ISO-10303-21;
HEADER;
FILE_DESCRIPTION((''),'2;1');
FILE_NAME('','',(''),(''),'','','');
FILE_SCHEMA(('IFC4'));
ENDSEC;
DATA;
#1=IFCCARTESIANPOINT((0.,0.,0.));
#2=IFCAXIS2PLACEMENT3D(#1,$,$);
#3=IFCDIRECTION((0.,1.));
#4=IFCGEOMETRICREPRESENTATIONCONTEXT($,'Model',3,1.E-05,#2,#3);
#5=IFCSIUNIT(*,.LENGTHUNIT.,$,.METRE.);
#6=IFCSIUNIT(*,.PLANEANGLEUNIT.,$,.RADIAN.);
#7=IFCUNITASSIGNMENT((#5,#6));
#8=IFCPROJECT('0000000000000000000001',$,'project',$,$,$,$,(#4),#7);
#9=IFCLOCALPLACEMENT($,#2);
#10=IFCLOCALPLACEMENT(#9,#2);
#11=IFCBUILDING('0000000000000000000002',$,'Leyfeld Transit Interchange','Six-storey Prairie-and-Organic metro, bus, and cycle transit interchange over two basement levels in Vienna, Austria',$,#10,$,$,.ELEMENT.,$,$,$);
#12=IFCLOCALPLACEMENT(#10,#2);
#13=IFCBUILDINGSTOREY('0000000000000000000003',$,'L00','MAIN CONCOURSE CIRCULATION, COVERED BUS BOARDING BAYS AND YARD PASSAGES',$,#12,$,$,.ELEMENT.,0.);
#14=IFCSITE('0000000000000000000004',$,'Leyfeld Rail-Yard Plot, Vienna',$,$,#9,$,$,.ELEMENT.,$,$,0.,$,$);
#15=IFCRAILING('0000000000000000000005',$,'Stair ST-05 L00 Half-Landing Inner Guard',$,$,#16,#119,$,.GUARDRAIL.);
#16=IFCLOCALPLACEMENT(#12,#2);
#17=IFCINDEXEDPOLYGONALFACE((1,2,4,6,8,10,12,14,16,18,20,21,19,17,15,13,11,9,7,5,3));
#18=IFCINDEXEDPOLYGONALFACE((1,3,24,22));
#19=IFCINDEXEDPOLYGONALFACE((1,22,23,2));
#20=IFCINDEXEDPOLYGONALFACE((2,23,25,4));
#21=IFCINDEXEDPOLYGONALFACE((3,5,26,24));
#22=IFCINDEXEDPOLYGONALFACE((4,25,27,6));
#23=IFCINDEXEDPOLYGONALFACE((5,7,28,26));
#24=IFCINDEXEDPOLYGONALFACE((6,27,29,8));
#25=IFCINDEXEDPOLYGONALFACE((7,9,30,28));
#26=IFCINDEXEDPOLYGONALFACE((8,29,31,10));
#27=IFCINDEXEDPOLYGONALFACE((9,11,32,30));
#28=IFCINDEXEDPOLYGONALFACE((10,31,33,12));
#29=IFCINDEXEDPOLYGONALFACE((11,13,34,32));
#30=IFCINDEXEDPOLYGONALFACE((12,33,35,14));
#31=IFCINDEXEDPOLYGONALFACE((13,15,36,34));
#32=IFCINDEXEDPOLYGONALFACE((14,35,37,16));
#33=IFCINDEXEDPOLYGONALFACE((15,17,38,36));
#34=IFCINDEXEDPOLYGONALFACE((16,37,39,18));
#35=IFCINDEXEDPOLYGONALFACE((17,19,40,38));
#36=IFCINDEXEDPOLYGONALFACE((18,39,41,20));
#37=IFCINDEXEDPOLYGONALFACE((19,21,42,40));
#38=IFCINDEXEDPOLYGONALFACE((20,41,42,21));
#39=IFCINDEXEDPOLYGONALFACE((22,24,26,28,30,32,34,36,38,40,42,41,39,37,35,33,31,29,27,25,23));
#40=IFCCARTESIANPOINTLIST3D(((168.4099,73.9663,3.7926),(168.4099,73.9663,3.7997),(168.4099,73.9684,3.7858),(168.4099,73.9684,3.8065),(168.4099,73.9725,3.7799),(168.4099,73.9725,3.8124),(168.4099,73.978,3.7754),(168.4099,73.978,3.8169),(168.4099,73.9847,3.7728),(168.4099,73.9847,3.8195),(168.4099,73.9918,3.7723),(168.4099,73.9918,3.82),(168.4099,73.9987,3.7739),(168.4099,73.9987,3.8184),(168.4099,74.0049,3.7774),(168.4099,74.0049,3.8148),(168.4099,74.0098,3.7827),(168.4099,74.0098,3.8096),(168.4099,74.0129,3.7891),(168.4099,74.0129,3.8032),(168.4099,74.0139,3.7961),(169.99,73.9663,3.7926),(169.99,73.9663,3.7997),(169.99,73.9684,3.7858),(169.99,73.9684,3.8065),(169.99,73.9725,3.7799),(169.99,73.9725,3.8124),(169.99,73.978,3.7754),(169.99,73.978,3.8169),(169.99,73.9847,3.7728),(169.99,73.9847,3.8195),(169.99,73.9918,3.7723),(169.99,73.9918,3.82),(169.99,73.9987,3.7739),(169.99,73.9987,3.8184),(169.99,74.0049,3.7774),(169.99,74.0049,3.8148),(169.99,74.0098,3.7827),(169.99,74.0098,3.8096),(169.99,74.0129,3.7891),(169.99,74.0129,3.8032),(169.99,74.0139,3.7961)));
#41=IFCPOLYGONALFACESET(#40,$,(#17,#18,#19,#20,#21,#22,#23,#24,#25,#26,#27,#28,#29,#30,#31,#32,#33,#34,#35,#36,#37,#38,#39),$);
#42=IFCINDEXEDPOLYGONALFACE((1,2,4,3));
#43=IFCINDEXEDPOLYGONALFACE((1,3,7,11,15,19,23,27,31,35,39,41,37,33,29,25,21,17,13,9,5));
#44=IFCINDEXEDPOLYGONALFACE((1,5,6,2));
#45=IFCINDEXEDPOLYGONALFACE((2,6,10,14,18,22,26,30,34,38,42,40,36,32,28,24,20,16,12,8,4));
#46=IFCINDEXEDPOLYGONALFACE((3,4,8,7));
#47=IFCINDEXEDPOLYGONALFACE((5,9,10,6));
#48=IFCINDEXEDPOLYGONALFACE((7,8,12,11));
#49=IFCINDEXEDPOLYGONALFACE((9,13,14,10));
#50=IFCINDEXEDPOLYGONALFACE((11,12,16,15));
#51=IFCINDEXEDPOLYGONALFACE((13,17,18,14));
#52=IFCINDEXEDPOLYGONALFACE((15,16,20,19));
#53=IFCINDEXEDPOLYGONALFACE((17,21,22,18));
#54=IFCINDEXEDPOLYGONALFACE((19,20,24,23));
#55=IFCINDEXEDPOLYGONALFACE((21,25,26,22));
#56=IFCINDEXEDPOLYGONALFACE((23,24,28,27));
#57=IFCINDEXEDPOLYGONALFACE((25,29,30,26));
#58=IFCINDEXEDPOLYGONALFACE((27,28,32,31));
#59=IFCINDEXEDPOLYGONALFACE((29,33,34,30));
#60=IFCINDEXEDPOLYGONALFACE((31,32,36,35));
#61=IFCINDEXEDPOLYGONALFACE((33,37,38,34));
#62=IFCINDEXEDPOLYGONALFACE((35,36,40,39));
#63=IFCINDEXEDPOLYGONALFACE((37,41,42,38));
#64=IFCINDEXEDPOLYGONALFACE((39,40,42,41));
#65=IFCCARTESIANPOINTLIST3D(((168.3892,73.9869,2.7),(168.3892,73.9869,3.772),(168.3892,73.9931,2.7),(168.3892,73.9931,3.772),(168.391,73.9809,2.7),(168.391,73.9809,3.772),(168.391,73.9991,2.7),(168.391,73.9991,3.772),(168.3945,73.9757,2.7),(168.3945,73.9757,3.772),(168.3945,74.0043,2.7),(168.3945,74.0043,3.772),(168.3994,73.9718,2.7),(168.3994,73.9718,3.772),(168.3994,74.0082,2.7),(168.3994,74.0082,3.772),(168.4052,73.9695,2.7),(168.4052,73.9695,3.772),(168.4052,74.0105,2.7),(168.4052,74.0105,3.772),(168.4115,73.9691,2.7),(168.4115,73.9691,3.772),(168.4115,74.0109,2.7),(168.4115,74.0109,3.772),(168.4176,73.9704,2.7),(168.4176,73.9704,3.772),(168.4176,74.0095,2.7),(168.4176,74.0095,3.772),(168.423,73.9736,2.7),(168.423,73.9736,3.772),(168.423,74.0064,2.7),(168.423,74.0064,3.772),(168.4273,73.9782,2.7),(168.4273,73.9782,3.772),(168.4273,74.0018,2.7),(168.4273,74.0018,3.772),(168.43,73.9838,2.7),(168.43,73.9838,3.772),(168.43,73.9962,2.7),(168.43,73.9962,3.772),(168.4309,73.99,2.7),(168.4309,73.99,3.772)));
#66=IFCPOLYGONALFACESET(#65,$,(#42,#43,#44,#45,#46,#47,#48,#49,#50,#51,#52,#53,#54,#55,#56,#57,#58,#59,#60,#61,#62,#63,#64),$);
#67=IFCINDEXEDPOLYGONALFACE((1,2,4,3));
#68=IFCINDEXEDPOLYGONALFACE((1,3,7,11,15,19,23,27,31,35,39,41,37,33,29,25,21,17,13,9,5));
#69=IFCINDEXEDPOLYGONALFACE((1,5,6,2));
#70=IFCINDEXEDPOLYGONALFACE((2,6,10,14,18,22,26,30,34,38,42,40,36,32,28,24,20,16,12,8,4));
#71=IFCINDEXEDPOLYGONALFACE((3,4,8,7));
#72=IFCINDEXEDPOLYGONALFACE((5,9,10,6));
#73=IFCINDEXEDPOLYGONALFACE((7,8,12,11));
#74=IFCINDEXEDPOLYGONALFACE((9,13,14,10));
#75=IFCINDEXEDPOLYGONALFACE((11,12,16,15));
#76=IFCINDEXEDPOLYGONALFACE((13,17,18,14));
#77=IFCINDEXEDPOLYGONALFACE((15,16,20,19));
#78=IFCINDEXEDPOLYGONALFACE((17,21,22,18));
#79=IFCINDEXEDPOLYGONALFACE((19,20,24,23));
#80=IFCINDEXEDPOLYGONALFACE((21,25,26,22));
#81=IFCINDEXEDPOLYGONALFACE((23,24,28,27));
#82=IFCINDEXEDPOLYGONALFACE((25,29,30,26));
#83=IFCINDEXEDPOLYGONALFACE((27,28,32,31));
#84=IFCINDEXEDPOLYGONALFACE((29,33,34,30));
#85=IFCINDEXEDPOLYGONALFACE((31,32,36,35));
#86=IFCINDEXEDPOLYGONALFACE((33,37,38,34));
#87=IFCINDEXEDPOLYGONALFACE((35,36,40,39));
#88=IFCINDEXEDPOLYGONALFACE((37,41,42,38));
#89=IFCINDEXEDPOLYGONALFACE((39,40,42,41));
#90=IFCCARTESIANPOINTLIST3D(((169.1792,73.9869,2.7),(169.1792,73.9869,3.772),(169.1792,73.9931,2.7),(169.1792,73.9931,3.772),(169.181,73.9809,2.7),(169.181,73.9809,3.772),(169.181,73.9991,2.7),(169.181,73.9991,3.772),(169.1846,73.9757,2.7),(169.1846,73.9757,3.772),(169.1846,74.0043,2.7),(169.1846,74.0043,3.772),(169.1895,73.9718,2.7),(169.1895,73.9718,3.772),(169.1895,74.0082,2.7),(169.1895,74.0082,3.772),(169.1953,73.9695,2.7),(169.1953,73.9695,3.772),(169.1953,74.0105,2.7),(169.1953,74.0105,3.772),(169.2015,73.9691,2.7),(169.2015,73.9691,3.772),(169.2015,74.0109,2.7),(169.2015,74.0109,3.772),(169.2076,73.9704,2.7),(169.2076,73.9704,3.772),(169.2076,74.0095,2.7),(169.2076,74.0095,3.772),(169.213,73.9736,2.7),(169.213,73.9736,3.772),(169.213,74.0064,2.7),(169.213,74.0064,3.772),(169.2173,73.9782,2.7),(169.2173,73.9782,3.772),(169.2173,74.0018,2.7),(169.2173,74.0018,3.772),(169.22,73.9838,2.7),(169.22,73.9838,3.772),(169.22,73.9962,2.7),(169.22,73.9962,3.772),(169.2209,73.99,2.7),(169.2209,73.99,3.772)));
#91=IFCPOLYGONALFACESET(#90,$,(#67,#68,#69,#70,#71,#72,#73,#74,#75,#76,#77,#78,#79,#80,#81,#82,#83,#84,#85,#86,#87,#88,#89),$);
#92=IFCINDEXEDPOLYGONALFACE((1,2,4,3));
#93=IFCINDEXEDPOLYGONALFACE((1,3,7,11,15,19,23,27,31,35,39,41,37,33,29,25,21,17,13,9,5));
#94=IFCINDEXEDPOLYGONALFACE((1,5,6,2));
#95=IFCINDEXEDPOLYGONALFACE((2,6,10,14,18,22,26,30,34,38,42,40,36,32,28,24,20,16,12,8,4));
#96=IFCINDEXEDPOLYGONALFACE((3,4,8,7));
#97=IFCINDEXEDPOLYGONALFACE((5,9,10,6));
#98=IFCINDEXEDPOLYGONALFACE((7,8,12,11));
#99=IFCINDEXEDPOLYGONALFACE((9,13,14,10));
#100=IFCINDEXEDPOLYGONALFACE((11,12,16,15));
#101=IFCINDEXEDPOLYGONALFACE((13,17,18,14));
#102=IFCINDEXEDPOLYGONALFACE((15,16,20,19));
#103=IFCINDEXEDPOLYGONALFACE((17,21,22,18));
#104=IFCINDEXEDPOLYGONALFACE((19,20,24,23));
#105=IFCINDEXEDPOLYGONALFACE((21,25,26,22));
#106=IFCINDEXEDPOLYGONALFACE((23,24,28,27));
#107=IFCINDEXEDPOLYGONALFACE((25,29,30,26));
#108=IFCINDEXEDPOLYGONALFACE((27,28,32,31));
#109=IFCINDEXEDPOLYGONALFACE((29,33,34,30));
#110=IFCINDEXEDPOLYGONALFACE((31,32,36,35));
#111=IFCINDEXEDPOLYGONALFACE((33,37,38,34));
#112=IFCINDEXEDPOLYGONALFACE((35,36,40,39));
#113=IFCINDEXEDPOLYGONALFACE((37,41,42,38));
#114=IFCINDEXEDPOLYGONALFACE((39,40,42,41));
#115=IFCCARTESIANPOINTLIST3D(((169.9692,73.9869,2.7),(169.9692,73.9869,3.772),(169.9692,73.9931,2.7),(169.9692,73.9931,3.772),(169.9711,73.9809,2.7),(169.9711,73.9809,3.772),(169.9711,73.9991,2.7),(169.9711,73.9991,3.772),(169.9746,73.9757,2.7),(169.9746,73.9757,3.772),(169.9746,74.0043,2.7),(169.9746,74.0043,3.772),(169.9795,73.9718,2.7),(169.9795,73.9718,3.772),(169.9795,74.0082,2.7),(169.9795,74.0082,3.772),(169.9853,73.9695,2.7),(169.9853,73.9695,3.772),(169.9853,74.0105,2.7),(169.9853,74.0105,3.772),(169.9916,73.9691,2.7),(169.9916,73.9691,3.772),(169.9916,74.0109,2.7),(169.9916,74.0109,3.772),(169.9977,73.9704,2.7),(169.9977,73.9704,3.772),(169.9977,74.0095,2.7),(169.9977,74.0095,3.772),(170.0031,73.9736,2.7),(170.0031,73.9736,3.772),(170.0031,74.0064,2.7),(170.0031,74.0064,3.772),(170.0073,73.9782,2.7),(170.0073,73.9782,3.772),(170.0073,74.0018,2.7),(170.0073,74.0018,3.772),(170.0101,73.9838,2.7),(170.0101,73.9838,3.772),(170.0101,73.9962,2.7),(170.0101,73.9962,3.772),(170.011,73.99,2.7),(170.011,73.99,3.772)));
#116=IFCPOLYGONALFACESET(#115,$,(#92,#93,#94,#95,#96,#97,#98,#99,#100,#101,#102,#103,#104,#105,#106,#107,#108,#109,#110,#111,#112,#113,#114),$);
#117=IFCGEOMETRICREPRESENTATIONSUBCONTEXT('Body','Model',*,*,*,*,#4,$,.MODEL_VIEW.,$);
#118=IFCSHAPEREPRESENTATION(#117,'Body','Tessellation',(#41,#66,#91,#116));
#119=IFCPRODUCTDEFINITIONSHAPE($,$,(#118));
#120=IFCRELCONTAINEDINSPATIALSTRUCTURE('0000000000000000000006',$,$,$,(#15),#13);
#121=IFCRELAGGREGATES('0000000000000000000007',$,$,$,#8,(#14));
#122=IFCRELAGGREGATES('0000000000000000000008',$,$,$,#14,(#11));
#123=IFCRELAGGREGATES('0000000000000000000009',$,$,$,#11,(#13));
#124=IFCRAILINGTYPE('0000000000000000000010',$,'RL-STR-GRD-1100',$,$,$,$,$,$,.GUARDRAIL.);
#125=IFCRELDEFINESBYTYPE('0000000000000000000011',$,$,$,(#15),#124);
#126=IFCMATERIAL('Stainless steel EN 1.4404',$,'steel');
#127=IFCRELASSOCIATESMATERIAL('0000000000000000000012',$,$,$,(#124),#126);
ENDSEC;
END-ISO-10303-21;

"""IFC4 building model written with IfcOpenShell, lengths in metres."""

from ifc_helpers import new_model, si_unit, direction, frame, origin, origin_2d, place, context, subcontext, project, spatial, circle, extrude, material, type_object, element, save


model = new_model("IFC4")

# Units and contexts
model_context = context("Model", 3, precision=1e-05, world=origin(), true_north=direction((0.0, 1.0)))
body_context = subcontext(model_context, "Body", "Model", "MODEL_VIEW")
ifc_project = project(units=[si_unit("LENGTHUNIT", "METRE"), si_unit("PLANEANGLEUNIT", "RADIAN")], contexts=[model_context])

# Site, building, storey
site_placement = place(None, origin())
site = spatial("IfcSite", under=ifc_project, at=site_placement, Name="Leyfeld Rail-Yard Plot, Vienna", CompositionType="ELEMENT", RefElevation=0.0)
building_placement = place(site_placement, origin())
building = spatial("IfcBuilding", under=site, at=building_placement, Name="Leyfeld Transit Interchange", Description="Six-storey Prairie-and-Organic metro, bus, and cycle transit interchange over two basement levels in Vienna, Austria", CompositionType="ELEMENT")
storey_placement = place(building_placement, origin())
storey = spatial("IfcBuildingStorey", under=building, at=storey_placement, Name="L00", Description="MAIN CONCOURSE CIRCULATION, COVERED BUS BOARDING BAYS AND YARD PASSAGES", CompositionType="ELEMENT", Elevation=0.0)

# Railing
ifc_material_1 = material(Name="Stainless steel EN 1.4404", Category="steel")
railing_type = type_object("IfcRailingType", Name="RL-STR-GRD-1100", PredefinedType="GUARDRAIL", material=ifc_material_1)
railing_1_placement = place(storey_placement, frame((168.4099, 73.99, 2.7)))
element("IfcRailing", 1, at=railing_1_placement, inside=storey, type_object=railing_type, Name="Stair ST-05 L00 Half-Landing Inner Guard", PredefinedType="GUARDRAIL", context=body_context, shape_type="SweptSolid", body=[
    extrude(circle(Radius=0.0239, at=origin_2d()), frame((0.0, 0.0, 1.0962), z_axis=(1.0, 0.0, 0.0), x_axis=(0.0, 1.0, 0.0)), (0.0, 0.0, 1.0), 1.5801),
    extrude(circle(Radius=0.021, at=origin_2d()), origin(), (0.0, 0.0, 1.0), 1.072),
    extrude(circle(Radius=0.021, at=origin_2d()), frame((0.79, 0.0, 0.0)), (0.0, 0.0, 1.0), 1.072),
    extrude(circle(Radius=0.021, at=origin_2d()), frame((1.5801, 0.0, 0.0)), (0.0, 0.0, 1.0), 1.072),
])

save(model, "model.ifc")
